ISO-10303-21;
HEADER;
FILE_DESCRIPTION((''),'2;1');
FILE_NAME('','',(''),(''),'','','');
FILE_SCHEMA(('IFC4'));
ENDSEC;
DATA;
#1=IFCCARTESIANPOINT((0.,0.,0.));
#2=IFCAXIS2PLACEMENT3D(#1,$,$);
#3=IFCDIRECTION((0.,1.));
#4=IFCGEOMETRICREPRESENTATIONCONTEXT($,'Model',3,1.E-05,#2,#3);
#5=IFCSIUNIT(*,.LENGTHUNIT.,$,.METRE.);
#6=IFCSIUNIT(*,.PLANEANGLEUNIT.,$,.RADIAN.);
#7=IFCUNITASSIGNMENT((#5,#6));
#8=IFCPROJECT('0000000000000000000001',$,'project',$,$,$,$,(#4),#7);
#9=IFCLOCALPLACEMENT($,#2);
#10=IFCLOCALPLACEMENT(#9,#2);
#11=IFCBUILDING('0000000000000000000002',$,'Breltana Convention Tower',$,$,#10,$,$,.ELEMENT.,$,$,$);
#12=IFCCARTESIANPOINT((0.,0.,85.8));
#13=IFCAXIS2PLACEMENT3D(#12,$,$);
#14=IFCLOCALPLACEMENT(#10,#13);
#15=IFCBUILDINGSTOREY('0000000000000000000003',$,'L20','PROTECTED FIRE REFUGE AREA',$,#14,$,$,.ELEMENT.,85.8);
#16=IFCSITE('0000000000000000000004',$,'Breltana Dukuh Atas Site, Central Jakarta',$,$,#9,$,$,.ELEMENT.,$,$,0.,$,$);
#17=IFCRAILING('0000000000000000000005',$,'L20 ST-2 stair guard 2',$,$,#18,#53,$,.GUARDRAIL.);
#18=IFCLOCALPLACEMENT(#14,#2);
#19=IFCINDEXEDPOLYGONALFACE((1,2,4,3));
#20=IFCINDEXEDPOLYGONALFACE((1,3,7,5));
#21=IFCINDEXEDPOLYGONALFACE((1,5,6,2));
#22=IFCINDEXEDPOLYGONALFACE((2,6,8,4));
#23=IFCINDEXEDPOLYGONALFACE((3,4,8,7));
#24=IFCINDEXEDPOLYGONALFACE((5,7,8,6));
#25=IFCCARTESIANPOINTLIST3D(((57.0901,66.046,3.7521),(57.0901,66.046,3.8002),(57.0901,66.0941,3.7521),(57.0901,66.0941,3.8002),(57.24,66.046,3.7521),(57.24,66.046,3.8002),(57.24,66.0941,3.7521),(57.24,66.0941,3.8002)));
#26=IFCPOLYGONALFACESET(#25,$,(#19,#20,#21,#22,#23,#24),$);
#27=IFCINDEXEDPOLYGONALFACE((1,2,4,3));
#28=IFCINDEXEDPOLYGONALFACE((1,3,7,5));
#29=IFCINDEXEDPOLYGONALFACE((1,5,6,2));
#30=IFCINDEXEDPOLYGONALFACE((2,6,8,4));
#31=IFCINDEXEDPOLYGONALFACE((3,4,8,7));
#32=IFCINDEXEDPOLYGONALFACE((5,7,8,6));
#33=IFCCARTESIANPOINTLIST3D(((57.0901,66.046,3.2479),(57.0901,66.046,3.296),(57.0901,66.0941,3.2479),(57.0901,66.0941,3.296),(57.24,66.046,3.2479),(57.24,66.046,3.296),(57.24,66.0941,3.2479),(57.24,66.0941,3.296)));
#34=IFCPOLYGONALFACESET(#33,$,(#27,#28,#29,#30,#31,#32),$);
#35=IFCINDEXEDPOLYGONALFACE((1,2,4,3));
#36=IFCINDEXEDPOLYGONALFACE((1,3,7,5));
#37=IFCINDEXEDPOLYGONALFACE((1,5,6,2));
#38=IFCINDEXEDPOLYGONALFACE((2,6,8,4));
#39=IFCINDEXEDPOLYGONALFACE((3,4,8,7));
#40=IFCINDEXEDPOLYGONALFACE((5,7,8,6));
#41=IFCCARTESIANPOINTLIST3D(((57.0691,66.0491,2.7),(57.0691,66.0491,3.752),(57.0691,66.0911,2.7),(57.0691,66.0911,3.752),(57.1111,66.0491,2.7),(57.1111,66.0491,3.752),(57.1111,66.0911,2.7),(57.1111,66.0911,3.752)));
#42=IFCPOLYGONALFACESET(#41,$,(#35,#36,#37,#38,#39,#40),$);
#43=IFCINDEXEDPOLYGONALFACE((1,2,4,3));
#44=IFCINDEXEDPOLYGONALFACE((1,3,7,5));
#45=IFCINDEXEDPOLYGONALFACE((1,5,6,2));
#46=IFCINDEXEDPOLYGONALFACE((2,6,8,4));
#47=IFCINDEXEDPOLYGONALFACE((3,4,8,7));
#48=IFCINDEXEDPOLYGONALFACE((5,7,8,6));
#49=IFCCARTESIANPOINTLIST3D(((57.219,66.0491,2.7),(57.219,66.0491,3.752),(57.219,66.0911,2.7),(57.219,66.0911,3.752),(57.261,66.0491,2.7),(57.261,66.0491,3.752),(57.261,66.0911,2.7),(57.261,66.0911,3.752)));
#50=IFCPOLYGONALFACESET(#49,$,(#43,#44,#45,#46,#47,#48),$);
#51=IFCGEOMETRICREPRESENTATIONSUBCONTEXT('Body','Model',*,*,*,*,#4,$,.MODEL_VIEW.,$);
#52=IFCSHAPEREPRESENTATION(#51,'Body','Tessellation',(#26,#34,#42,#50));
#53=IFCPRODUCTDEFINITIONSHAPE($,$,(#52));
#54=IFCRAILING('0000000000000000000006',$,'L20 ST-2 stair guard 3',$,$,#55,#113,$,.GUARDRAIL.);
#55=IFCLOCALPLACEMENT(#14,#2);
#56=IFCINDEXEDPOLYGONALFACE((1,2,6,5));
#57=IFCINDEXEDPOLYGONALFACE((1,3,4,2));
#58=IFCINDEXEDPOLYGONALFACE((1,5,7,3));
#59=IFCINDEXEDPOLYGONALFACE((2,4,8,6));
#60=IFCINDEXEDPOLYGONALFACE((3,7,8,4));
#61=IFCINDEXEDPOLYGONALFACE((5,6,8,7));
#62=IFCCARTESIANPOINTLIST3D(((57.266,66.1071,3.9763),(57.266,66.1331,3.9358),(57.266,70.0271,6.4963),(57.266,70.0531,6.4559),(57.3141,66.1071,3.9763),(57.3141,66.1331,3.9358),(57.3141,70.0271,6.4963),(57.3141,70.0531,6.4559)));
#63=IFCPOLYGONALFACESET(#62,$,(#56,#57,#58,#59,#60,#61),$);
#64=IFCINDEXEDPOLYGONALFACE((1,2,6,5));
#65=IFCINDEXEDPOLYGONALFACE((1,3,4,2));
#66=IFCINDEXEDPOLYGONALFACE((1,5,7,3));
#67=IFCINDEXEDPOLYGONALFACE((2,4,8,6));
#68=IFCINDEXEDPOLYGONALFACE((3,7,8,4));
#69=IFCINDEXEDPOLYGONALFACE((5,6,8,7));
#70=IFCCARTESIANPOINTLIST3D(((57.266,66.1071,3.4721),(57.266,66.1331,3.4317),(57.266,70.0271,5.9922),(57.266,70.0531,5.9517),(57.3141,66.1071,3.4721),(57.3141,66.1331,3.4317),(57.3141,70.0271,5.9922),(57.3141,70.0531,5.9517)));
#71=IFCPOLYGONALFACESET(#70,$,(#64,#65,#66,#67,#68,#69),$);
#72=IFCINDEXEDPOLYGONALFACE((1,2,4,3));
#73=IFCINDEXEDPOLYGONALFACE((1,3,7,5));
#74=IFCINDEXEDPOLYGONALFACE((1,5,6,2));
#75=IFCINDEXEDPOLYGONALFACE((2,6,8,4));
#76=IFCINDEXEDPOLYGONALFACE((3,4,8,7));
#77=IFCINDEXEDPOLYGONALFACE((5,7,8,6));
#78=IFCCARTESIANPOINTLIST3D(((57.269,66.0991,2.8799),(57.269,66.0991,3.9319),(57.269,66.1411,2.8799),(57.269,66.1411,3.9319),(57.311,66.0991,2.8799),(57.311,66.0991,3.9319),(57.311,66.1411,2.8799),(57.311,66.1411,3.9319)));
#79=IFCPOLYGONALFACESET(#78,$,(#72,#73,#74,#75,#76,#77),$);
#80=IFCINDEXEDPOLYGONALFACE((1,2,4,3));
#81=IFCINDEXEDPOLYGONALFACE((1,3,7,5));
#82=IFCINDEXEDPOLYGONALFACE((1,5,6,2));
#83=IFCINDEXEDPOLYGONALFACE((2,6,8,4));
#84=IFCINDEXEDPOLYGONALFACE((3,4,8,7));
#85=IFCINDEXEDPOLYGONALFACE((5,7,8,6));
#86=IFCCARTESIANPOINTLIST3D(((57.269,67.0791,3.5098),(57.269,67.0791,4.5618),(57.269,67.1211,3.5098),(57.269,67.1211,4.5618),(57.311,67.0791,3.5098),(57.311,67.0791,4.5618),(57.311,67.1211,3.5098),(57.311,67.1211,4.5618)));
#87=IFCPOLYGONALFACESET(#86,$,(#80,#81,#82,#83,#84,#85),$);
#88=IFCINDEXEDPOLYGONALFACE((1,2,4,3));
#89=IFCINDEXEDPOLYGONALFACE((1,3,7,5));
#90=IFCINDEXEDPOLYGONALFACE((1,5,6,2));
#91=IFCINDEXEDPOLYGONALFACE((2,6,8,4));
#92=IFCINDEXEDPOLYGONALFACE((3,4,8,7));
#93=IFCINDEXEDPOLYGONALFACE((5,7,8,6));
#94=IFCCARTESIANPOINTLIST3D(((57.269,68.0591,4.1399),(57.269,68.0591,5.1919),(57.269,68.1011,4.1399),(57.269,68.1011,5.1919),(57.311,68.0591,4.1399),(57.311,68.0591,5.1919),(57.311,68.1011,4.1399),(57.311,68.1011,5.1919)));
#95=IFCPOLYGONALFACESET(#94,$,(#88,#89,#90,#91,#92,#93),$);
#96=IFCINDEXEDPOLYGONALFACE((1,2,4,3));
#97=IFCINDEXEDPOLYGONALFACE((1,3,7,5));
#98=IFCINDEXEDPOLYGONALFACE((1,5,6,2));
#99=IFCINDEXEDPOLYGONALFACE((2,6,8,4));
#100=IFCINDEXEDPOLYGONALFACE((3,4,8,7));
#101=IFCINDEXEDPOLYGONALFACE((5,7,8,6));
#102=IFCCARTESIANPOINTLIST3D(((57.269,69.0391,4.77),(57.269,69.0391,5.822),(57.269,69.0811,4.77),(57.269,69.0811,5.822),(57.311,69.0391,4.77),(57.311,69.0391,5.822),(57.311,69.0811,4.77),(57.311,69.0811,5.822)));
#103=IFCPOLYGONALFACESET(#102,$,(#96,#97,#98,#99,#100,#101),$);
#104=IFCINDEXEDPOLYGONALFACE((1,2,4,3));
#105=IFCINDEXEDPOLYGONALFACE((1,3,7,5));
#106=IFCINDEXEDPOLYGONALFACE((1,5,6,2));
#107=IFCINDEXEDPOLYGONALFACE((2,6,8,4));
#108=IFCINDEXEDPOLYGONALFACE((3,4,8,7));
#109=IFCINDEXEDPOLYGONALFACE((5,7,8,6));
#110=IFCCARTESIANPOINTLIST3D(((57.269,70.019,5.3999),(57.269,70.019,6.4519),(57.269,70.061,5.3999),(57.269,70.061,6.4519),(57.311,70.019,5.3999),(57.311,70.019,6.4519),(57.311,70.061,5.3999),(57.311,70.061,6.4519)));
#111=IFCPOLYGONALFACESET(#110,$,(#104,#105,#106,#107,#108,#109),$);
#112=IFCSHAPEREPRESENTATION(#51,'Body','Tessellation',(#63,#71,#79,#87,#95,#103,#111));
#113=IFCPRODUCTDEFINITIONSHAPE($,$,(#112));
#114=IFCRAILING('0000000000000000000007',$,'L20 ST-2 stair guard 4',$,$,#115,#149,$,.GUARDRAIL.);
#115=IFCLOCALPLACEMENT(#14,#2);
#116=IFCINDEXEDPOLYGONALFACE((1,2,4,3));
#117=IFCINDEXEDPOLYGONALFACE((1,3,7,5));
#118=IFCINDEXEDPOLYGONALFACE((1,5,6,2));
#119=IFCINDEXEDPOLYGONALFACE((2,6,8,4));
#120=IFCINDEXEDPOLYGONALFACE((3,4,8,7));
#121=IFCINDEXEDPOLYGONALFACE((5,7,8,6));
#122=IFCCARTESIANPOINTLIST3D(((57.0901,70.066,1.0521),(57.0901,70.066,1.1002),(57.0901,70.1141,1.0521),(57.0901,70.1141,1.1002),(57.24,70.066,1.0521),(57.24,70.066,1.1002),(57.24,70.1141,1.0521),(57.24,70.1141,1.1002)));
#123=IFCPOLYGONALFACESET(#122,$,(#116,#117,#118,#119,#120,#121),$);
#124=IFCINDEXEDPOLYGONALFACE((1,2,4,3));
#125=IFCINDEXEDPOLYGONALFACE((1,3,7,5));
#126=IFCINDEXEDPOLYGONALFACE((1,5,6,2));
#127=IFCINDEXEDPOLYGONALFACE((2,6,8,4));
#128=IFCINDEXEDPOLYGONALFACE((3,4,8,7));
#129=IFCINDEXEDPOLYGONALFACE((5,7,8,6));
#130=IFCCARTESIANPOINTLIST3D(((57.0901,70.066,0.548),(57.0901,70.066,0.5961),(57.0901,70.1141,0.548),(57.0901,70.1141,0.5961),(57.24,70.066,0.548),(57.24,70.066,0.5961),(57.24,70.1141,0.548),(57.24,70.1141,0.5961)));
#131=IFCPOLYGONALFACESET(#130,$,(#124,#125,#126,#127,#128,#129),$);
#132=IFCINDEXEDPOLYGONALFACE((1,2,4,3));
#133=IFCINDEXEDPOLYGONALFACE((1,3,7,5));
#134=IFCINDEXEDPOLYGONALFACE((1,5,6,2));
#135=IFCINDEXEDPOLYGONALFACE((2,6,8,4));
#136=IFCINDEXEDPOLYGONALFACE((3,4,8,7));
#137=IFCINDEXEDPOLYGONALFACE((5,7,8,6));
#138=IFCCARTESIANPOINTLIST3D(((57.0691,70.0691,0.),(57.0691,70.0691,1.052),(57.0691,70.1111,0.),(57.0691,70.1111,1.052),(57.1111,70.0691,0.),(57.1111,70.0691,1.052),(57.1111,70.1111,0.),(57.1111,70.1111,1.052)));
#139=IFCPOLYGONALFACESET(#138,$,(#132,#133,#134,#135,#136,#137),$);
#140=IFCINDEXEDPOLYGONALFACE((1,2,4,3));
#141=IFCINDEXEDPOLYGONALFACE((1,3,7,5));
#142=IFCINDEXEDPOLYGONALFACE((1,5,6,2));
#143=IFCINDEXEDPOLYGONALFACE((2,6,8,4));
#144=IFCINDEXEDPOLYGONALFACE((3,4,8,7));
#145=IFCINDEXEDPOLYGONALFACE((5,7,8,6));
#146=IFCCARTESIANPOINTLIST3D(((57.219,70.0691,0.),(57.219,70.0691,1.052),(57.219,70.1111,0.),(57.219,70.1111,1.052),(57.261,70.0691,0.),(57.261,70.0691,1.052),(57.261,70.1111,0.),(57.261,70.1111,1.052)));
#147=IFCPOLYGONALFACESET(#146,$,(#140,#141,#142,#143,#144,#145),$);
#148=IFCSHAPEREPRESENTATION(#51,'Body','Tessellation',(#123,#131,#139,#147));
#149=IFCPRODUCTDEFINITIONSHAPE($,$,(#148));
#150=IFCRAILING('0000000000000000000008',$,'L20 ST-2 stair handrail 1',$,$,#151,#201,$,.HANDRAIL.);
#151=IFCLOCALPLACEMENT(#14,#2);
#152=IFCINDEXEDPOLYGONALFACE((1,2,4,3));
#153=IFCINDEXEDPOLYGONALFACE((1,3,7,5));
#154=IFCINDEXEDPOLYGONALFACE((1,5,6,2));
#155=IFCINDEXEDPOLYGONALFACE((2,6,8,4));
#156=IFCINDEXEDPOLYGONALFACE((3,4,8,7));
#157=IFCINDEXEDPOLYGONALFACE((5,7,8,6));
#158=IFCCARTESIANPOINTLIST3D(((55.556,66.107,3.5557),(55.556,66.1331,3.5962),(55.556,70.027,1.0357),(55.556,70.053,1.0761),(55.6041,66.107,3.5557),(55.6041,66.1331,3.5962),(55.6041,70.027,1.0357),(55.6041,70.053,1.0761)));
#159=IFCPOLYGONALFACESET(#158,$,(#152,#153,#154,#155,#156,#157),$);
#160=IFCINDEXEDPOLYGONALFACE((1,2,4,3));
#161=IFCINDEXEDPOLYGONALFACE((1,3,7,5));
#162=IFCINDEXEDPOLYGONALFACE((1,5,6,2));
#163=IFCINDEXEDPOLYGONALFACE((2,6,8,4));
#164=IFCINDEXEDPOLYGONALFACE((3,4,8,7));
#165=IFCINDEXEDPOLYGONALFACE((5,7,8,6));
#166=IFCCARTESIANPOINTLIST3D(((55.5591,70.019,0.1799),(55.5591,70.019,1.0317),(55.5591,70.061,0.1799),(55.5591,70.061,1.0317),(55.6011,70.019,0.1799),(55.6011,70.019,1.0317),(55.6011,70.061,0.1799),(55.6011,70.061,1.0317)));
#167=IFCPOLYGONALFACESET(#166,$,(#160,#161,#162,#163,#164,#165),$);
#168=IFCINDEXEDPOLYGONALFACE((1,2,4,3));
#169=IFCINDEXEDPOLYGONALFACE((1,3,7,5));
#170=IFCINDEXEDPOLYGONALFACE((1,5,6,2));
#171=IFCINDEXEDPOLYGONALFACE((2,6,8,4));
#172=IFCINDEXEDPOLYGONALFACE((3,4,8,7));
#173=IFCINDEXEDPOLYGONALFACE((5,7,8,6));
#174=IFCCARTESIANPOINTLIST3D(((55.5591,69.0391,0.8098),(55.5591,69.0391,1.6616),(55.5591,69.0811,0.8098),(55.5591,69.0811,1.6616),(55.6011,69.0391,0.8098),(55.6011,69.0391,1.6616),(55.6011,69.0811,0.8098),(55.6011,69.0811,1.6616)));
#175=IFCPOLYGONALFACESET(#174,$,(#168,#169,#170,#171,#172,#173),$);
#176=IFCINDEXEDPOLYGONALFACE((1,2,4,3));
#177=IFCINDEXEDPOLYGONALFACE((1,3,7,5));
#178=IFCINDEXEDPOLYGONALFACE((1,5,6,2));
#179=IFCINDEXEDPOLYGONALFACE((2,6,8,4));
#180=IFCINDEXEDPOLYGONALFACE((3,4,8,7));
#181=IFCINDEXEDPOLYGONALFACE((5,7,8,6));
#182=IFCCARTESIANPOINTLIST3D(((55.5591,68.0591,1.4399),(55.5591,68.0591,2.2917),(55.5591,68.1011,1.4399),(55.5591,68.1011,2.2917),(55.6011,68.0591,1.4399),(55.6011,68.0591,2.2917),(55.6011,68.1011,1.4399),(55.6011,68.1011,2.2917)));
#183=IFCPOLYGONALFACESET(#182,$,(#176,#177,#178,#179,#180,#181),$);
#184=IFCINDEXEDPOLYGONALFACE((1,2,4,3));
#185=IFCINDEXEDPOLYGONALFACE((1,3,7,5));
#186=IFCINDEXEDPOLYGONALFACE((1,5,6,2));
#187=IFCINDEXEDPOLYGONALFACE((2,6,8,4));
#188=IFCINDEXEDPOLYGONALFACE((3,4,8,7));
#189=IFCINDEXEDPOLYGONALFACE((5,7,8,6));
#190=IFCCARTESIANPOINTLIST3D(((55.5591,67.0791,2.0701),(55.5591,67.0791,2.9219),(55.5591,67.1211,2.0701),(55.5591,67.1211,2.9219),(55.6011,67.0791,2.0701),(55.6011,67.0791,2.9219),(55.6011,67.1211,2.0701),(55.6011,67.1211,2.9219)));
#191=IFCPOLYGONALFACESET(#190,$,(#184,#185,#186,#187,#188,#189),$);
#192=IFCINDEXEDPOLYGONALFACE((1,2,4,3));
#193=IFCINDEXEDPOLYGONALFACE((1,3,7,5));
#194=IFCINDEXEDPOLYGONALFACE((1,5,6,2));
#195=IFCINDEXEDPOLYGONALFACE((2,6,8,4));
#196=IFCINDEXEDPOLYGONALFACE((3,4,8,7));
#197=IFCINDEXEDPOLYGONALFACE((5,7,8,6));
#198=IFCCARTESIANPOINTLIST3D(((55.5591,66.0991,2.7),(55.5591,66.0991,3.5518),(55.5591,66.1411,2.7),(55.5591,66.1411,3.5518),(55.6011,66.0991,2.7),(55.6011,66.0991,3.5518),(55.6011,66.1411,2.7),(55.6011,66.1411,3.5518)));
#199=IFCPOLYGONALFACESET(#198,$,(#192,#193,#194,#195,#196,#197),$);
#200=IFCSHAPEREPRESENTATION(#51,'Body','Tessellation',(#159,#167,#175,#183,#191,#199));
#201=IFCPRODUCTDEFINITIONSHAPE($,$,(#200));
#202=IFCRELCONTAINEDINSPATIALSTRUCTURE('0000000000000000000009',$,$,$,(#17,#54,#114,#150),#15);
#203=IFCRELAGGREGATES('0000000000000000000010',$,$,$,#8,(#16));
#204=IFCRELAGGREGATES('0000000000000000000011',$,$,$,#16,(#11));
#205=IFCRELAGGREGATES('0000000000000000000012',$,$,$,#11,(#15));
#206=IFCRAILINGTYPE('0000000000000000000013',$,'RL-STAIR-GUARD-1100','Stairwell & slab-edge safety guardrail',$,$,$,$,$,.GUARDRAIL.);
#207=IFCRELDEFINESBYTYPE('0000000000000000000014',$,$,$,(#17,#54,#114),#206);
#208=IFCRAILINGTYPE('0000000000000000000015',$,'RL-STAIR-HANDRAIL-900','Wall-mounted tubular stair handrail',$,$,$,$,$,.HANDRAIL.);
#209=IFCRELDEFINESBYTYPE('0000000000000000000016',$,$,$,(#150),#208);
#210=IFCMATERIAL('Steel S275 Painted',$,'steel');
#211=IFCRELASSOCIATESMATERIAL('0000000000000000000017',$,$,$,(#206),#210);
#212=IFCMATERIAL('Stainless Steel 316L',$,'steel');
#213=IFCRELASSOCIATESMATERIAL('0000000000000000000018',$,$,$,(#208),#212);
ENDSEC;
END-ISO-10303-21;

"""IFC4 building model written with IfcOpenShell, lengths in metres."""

from ifc_helpers import new_model, si_unit, direction, frame, origin, origin_2d, place, context, subcontext, project, spatial, rectangle, extrude, material, type_object, element, save


model = new_model("IFC4")

# Units and contexts
model_context = context("Model", 3, precision=1e-05, world=origin(), true_north=direction((0.0, 1.0)))
body_context = subcontext(model_context, "Body", "Model", "MODEL_VIEW")
ifc_project = project(units=[si_unit("LENGTHUNIT", "METRE"), si_unit("PLANEANGLEUNIT", "RADIAN")], contexts=[model_context])

# Site, building, storey
site_placement = place(None, origin())
site = spatial("IfcSite", under=ifc_project, at=site_placement, Name="Breltana Dukuh Atas Site, Central Jakarta", CompositionType="ELEMENT", RefElevation=0.0)
building_placement = place(site_placement, origin())
building = spatial("IfcBuilding", under=site, at=building_placement, Name="Breltana Convention Tower", CompositionType="ELEMENT")
storey_placement = place(building_placement, frame((0.0, 0.0, 85.8)))
storey = spatial("IfcBuildingStorey", under=building, at=storey_placement, Name="L20", Description="PROTECTED FIRE REFUGE AREA", CompositionType="ELEMENT", Elevation=85.8)

# Railings
ifc_material_1 = material(Name="Steel S275 Painted", Category="steel")
railing_type_1 = type_object("IfcRailingType", Name="RL-STAIR-GUARD-1100", Description="Stairwell & slab-edge safety guardrail", PredefinedType="GUARDRAIL", material=ifc_material_1)
railing_1_placement = place(storey_placement, frame((57.0901, 66.0701, 2.7)))
element("IfcRailing", 1, at=railing_1_placement, inside=storey, type_object=railing_type_1, Name="L20 ST-2 stair guard 2", PredefinedType="GUARDRAIL", context=body_context, shape_type="SweptSolid", body=[
    extrude(rectangle(XDim=0.0481, YDim=0.0481, at=origin_2d()), frame((0.0, 0.0, 1.0762), z_axis=(1.0, 0.0, 0.0), x_axis=(0.0, 1.0, 0.0)), (0.0, 0.0, 1.0), 0.1499),
    extrude(rectangle(XDim=0.0481, YDim=0.0481, at=origin_2d()), frame((0.0, 0.0, 0.572), z_axis=(1.0, 0.0, 0.0), x_axis=(0.0, 1.0, 0.0)), (0.0, 0.0, 1.0), 0.1499),
    extrude(rectangle(XDim=0.042, YDim=0.042, at=origin_2d()), origin(), (0.0, 0.0, 1.0), 1.052),
    extrude(rectangle(XDim=0.042, YDim=0.042, at=origin_2d()), frame((0.1499, 0.0, 0.0)), (0.0, 0.0, 1.0), 1.052),
])
railing_2_placement = place(storey_placement, frame((57.29, 66.1201, 2.8799)))
element("IfcRailing", 2, at=railing_2_placement, inside=storey, type_object=railing_type_1, Name="L20 ST-2 stair guard 3", PredefinedType="GUARDRAIL", context=body_context, shape_type="SweptSolid", body=[
    extrude(rectangle(XDim=0.0481, YDim=0.0481, at=origin_2d()), frame((0.0, 0.0, 1.0762), z_axis=(0.0, 0.841172, 0.540768), x_axis=(-1.0, 0.0, 0.0)), (0.0, 0.0, 1.0), 4.6602),
    extrude(rectangle(XDim=0.0481, YDim=0.0481, at=origin_2d()), frame((0.0, 0.0, 0.572), z_axis=(0.0, 0.841172, 0.540768), x_axis=(-1.0, 0.0, 0.0)), (0.0, 0.0, 1.0), 4.6602),
    extrude(rectangle(XDim=0.042, YDim=0.042, at=origin_2d()), origin(), (0.0, 0.0, 1.0), 1.052),
    extrude(rectangle(XDim=0.042, YDim=0.042, at=origin_2d()), frame((0.0, 0.98, 0.6299)), (0.0, 0.0, 1.0), 1.052),
    extrude(rectangle(XDim=0.042, YDim=0.042, at=origin_2d()), frame((0.0, 1.96, 1.26)), (0.0, 0.0, 1.0), 1.052),
    extrude(rectangle(XDim=0.042, YDim=0.042, at=origin_2d()), frame((0.0, 2.9399, 1.8901)), (0.0, 0.0, 1.0), 1.052),
    extrude(rectangle(XDim=0.042, YDim=0.042, at=origin_2d()), frame((0.0, 3.9199, 2.52)), (0.0, 0.0, 1.0), 1.052),
])
railing_3_placement = place(storey_placement, frame((57.0901, 70.0901, 0.0)))
element("IfcRailing", 3, at=railing_3_placement, inside=storey, type_object=railing_type_1, Name="L20 ST-2 stair guard 4", PredefinedType="GUARDRAIL", context=body_context, shape_type="SweptSolid", body=[
    extrude(rectangle(XDim=0.0481, YDim=0.0481, at=origin_2d()), frame((0.0, 0.0, 1.0762), z_axis=(1.0, 0.0, 0.0), x_axis=(0.0, 1.0, 0.0)), (0.0, 0.0, 1.0), 0.1499),
    extrude(rectangle(XDim=0.0481, YDim=0.0481, at=origin_2d()), frame((0.0, 0.0, 0.572), z_axis=(1.0, 0.0, 0.0), x_axis=(0.0, 1.0, 0.0)), (0.0, 0.0, 1.0), 0.1499),
    extrude(rectangle(XDim=0.042, YDim=0.042, at=origin_2d()), origin(), (0.0, 0.0, 1.0), 1.052),
    extrude(rectangle(XDim=0.042, YDim=0.042, at=origin_2d()), frame((0.1499, 0.0, 0.0)), (0.0, 0.0, 1.0), 1.052),
])
ifc_material_2 = material(Name="Stainless Steel 316L", Category="steel")
railing_type_2 = type_object("IfcRailingType", Name="RL-STAIR-HANDRAIL-900", Description="Wall-mounted tubular stair handrail", PredefinedType="HANDRAIL", material=ifc_material_2)
railing_4_placement = place(storey_placement, frame((55.5801, 70.04, 0.1799)))
element("IfcRailing", 4, at=railing_4_placement, inside=storey, type_object=railing_type_2, Name="L20 ST-2 stair handrail 1", PredefinedType="HANDRAIL", context=body_context, shape_type="SweptSolid", body=[
    extrude(rectangle(XDim=0.0481, YDim=0.0481, at=origin_2d()), frame((0.0, 0.0, 0.876), z_axis=(0.0, -0.841172, 0.540768), x_axis=(1.0, 0.0, 0.0)), (0.0, 0.0, 1.0), 4.6602),
    extrude(rectangle(XDim=0.042, YDim=0.042, at=origin_2d()), origin(), (0.0, 0.0, 1.0), 0.8518),
    extrude(rectangle(XDim=0.042, YDim=0.042, at=origin_2d()), frame((0.0, -0.98, 0.6299)), (0.0, 0.0, 1.0), 0.8518),
    extrude(rectangle(XDim=0.042, YDim=0.042, at=origin_2d()), frame((0.0, -1.96, 1.26)), (0.0, 0.0, 1.0), 0.8518),
    extrude(rectangle(XDim=0.042, YDim=0.042, at=origin_2d()), frame((0.0, -2.9399, 1.8901)), (0.0, 0.0, 1.0), 0.8518),
    extrude(rectangle(XDim=0.042, YDim=0.042, at=origin_2d()), frame((0.0, -3.9199, 2.52)), (0.0, 0.0, 1.0), 0.8518),
])

save(model, "model.ifc")
